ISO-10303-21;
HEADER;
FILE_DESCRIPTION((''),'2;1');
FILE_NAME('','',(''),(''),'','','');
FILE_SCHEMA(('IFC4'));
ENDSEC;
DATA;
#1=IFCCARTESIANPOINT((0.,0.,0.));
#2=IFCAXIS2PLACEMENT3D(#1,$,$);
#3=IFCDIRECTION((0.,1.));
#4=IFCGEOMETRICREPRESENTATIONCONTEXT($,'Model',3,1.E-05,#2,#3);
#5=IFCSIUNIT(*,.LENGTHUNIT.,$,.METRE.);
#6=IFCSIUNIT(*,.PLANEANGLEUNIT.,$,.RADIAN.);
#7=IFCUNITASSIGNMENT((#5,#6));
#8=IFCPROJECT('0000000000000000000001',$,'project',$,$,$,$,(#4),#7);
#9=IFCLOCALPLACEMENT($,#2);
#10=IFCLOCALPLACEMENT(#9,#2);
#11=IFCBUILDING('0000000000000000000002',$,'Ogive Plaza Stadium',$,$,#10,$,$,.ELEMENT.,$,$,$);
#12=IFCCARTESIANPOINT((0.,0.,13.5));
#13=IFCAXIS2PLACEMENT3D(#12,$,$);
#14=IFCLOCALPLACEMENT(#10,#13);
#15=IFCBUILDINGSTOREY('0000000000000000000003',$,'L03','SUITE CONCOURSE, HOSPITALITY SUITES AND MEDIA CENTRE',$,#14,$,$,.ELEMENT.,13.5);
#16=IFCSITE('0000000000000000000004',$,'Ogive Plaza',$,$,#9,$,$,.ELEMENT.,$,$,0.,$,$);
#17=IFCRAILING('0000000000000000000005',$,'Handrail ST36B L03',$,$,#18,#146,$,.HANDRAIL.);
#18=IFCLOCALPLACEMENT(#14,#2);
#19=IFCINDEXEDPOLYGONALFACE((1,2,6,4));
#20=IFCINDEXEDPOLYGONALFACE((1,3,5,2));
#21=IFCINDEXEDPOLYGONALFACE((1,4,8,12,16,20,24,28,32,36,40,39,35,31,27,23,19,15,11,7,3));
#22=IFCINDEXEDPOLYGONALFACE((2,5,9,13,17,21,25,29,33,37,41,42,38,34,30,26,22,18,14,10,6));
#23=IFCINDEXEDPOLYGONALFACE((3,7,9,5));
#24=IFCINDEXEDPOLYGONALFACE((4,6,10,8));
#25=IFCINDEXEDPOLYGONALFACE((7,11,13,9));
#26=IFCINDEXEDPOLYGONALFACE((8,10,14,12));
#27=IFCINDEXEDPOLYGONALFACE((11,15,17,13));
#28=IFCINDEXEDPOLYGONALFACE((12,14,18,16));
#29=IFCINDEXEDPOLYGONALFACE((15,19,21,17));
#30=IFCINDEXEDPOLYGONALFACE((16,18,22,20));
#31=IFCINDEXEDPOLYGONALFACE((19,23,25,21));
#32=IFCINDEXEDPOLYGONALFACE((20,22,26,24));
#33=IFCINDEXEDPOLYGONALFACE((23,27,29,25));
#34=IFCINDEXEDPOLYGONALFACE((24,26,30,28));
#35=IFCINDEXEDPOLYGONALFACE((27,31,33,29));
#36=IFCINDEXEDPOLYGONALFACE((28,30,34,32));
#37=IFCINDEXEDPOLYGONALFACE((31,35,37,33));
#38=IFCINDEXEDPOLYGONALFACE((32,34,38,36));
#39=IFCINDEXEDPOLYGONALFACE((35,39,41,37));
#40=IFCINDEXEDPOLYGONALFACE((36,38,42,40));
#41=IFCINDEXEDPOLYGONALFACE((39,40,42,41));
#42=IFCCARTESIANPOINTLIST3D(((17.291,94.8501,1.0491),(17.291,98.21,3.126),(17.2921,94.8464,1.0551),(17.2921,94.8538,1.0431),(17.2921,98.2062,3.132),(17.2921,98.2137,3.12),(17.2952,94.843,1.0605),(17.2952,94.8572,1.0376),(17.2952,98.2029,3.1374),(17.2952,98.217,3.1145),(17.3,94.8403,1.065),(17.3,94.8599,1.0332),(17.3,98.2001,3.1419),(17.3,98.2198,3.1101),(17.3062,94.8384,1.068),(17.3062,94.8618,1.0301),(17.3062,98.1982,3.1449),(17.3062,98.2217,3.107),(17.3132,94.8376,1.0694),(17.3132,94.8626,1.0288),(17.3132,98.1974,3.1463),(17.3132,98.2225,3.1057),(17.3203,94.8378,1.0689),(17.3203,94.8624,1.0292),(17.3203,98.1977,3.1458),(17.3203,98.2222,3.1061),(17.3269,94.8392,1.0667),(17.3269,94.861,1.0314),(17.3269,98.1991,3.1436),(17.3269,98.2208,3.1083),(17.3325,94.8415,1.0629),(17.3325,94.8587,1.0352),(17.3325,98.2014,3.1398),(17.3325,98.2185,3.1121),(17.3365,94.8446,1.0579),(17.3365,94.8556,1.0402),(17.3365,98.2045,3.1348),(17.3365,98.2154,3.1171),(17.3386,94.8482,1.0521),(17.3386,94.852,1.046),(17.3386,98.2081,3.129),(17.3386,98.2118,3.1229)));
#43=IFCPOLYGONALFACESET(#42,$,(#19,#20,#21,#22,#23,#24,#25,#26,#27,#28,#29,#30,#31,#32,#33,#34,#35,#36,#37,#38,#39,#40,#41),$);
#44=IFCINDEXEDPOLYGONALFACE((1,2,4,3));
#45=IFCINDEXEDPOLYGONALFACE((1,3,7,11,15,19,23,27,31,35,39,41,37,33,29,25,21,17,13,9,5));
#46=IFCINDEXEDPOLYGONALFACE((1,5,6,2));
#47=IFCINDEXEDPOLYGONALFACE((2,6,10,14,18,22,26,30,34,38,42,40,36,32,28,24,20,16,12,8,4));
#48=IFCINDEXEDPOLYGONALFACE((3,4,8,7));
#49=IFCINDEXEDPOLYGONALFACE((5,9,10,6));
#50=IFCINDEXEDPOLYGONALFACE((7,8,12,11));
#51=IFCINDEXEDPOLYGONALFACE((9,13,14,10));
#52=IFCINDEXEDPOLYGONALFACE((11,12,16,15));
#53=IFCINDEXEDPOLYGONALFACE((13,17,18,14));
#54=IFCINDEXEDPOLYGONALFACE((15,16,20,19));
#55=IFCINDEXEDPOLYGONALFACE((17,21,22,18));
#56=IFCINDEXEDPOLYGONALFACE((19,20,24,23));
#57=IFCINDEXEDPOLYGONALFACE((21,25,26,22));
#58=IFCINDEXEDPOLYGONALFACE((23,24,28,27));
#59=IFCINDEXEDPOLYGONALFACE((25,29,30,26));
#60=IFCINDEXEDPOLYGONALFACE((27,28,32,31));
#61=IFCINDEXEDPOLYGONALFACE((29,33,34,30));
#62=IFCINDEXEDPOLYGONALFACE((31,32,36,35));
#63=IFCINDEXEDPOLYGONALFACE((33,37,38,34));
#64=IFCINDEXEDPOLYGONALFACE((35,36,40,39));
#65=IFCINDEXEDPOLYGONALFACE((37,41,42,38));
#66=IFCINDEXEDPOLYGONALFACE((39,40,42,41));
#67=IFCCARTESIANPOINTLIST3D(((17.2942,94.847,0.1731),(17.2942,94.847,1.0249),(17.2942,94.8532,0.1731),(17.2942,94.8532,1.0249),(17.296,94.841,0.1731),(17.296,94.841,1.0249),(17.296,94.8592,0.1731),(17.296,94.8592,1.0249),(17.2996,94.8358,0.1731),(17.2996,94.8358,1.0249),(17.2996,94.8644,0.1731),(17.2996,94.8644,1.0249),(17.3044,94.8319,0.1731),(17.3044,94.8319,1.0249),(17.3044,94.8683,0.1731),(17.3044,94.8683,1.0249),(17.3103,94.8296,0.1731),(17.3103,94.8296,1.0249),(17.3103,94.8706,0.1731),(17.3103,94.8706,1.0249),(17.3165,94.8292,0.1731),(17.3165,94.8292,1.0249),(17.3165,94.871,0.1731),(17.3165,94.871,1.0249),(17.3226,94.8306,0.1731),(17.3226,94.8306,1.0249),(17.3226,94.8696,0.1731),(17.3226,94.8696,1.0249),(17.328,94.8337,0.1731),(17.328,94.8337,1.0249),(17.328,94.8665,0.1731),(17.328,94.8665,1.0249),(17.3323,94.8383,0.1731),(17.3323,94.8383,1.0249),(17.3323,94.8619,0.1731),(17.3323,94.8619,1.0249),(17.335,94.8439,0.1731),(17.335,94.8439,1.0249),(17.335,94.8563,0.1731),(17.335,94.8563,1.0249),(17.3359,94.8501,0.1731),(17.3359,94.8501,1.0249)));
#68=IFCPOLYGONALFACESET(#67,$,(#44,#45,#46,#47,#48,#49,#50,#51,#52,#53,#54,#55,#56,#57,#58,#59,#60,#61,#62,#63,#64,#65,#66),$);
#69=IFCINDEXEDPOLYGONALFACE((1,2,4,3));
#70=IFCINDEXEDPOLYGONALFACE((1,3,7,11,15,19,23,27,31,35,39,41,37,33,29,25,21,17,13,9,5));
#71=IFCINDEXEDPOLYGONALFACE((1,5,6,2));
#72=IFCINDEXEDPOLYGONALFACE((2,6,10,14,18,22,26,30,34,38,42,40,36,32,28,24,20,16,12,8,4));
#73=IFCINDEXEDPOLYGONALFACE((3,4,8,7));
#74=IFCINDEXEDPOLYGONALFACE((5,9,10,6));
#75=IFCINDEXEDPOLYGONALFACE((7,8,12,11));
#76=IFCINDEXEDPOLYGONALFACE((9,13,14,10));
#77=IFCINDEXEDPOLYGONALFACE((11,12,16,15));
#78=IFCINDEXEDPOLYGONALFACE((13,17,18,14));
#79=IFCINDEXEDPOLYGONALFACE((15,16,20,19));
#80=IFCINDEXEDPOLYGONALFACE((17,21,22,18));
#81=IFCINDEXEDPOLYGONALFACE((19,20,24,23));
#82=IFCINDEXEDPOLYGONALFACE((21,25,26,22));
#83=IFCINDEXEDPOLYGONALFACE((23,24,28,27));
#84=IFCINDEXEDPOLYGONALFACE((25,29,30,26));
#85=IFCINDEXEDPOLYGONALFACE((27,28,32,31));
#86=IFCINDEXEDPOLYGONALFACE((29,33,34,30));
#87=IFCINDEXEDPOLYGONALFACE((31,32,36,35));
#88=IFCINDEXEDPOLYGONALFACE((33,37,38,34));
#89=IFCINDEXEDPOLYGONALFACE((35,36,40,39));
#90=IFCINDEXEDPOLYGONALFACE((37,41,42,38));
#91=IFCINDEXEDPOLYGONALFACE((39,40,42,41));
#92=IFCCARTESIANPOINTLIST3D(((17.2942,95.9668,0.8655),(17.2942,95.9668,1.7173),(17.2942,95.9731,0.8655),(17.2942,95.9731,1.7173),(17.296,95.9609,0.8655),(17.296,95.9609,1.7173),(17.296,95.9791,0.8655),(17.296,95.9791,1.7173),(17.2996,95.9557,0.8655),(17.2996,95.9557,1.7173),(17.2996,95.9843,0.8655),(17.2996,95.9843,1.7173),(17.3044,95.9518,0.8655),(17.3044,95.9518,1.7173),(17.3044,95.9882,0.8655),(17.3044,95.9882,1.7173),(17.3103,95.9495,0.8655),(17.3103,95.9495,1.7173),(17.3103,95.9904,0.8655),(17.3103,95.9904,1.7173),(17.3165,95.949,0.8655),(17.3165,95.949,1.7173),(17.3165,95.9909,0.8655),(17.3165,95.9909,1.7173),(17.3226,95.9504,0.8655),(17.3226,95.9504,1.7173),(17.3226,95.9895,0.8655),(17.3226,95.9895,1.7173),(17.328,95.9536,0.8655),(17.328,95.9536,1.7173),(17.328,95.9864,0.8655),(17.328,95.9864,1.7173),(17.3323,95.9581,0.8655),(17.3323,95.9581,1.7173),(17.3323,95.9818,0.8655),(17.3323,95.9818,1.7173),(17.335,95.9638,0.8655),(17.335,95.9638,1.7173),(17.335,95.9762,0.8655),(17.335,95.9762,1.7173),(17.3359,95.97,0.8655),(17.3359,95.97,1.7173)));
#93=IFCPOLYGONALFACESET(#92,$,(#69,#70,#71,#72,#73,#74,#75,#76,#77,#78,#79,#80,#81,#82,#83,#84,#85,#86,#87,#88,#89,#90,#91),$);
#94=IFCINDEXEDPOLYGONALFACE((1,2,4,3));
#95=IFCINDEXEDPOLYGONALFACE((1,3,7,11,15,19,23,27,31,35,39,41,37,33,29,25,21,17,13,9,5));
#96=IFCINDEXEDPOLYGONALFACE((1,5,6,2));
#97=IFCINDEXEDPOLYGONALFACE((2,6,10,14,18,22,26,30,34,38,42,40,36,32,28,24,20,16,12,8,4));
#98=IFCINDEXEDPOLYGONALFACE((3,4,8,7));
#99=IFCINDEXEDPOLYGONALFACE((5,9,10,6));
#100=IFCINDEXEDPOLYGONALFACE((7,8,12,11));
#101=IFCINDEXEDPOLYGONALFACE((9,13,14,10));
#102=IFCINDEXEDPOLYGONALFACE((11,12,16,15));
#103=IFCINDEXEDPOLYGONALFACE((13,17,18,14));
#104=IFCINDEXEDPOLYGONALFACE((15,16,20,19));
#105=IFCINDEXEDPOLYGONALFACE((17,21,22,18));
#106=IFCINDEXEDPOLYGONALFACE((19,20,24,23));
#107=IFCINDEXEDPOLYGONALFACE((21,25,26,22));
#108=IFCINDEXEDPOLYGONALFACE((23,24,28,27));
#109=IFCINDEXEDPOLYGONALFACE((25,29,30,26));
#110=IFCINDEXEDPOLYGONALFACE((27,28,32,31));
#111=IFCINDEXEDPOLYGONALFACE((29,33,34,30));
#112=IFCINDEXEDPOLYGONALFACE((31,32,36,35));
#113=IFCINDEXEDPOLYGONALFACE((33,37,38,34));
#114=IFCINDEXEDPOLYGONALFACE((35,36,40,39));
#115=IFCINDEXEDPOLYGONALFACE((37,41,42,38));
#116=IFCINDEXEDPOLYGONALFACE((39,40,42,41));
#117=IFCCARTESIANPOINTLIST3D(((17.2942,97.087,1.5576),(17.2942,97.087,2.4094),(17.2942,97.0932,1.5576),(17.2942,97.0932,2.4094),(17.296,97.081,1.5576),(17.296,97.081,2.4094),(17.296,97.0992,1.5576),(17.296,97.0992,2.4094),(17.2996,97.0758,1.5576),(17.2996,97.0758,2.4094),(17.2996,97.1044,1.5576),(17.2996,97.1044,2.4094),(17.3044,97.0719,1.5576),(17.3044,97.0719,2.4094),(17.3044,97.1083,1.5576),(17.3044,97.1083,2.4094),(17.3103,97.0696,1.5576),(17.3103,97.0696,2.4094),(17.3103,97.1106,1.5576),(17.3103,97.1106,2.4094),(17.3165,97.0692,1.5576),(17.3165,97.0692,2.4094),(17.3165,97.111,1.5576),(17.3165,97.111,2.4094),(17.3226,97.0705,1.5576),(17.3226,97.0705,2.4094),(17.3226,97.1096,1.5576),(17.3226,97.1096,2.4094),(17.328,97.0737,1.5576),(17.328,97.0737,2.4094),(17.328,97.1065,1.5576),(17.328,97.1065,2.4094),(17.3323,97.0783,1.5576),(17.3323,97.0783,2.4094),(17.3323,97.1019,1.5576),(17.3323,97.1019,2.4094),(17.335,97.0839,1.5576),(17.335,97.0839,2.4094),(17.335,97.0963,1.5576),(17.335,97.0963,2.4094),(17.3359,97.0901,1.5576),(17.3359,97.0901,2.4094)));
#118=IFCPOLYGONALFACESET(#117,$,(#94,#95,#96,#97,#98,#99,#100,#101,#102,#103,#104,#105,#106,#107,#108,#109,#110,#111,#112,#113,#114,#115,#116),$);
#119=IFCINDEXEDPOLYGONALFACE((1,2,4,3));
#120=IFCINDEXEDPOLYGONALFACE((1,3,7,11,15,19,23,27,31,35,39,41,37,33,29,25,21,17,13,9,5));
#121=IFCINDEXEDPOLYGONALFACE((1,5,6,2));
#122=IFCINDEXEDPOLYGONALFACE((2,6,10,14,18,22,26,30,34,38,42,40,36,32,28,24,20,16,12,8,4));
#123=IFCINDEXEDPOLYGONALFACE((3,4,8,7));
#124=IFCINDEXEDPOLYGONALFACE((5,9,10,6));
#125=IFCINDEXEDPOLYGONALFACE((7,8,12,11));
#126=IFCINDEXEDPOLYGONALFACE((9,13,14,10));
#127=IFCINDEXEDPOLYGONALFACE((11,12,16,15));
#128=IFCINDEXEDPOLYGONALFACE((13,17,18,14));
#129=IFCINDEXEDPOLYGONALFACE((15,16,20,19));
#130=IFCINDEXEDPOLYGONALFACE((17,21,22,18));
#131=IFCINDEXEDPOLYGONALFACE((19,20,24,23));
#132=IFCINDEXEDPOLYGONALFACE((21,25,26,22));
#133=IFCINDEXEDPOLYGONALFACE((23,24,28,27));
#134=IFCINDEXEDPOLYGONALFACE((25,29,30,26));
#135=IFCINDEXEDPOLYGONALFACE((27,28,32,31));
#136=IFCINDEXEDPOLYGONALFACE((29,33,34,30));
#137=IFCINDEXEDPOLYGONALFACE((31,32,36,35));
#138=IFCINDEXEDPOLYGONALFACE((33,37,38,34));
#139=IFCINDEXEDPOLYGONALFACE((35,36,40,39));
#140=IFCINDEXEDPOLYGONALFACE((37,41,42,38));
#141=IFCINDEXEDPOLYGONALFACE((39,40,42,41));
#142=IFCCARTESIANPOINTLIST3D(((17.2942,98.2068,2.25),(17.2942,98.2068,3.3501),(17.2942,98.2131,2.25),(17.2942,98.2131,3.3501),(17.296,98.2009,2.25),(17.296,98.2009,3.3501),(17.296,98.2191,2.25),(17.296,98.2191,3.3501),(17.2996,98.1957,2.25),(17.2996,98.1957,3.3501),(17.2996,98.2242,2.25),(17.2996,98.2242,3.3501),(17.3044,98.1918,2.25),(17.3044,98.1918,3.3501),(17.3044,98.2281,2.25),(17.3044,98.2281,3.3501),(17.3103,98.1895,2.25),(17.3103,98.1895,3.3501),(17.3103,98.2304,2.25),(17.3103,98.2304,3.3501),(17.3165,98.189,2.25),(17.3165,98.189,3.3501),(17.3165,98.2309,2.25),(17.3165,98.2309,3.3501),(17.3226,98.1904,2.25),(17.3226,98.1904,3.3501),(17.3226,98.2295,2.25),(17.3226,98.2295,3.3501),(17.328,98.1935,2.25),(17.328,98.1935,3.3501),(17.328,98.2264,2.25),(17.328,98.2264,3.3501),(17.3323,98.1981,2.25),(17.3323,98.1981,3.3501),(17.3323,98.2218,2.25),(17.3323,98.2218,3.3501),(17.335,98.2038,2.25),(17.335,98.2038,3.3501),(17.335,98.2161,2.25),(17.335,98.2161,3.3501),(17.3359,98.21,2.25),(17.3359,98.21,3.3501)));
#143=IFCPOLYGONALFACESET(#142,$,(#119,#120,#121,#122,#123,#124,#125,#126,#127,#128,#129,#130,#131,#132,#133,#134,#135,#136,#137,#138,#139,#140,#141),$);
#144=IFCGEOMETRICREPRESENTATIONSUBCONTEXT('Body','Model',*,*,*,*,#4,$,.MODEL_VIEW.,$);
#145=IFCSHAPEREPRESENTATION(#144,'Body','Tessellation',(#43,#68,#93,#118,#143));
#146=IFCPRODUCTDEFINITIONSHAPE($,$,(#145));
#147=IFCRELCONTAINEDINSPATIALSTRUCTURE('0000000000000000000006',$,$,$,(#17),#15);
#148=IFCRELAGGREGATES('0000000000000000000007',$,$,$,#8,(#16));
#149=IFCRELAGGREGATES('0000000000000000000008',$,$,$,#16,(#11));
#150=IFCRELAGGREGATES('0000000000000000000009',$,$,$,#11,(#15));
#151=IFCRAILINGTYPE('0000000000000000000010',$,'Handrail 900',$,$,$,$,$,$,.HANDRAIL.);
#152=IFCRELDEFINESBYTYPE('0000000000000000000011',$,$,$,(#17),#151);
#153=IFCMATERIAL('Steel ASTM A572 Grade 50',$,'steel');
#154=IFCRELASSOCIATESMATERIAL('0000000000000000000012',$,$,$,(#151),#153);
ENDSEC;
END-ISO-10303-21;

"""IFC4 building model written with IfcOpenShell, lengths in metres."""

from ifc_helpers import new_model, si_unit, direction, frame, origin, origin_2d, place, context, subcontext, project, spatial, circle, extrude, material, type_object, element, save


model = new_model("IFC4")

# Units and contexts
model_context = context("Model", 3, precision=1e-05, world=origin(), true_north=direction((0.0, 1.0)))
body_context = subcontext(model_context, "Body", "Model", "MODEL_VIEW")
ifc_project = project(units=[si_unit("LENGTHUNIT", "METRE"), si_unit("PLANEANGLEUNIT", "RADIAN")], contexts=[model_context])

# Site, building, storey
site_placement = place(None, origin())
site = spatial("IfcSite", under=ifc_project, at=site_placement, Name="Ogive Plaza", CompositionType="ELEMENT", RefElevation=0.0)
building_placement = place(site_placement, origin())
building = spatial("IfcBuilding", under=site, at=building_placement, Name="Ogive Plaza Stadium", CompositionType="ELEMENT")
storey_placement = place(building_placement, frame((0.0, 0.0, 13.5)))
storey = spatial("IfcBuildingStorey", under=building, at=storey_placement, Name="L03", Description="SUITE CONCOURSE, HOSPITALITY SUITES AND MEDIA CENTRE", CompositionType="ELEMENT", Elevation=13.5)

# Railing
ifc_material_1 = material(Name="Steel ASTM A572 Grade 50", Category="steel")
railing_type_1 = type_object("IfcRailingType", Name="Handrail 900", PredefinedType="HANDRAIL", material=ifc_material_1)
railing_1_placement = place(storey_placement, frame((17.3149, 94.8501, 0.1731)))
element("IfcRailing", 1, at=railing_1_placement, inside=storey, type_object=railing_type_1, Name="Handrail ST36B L03", PredefinedType="HANDRAIL", context=body_context, shape_type="SweptSolid", body=[
    extrude(circle(Radius=0.0239, at=origin_2d()), frame((0.0, 0.0, 0.876), z_axis=(0.0, 0.850606, 0.525803), x_axis=(-1.0, 0.0, 0.0)), (0.0, 0.0, 1.0), 3.95),
    extrude(circle(Radius=0.021, at=origin_2d()), origin(), (0.0, 0.0, 1.0), 0.8518),
    extrude(circle(Radius=0.021, at=origin_2d()), frame((0.0, 1.1199, 0.6924)), (0.0, 0.0, 1.0), 0.8518),
    extrude(circle(Radius=0.021, at=origin_2d()), frame((0.0, 2.24, 1.3845)), (0.0, 0.0, 1.0), 0.8518),
    extrude(circle(Radius=0.021, at=origin_2d()), frame((0.0, 3.3599, 2.0769)), (0.0, 0.0, 1.0), 1.1001),
])

save(model, "model.ifc")
